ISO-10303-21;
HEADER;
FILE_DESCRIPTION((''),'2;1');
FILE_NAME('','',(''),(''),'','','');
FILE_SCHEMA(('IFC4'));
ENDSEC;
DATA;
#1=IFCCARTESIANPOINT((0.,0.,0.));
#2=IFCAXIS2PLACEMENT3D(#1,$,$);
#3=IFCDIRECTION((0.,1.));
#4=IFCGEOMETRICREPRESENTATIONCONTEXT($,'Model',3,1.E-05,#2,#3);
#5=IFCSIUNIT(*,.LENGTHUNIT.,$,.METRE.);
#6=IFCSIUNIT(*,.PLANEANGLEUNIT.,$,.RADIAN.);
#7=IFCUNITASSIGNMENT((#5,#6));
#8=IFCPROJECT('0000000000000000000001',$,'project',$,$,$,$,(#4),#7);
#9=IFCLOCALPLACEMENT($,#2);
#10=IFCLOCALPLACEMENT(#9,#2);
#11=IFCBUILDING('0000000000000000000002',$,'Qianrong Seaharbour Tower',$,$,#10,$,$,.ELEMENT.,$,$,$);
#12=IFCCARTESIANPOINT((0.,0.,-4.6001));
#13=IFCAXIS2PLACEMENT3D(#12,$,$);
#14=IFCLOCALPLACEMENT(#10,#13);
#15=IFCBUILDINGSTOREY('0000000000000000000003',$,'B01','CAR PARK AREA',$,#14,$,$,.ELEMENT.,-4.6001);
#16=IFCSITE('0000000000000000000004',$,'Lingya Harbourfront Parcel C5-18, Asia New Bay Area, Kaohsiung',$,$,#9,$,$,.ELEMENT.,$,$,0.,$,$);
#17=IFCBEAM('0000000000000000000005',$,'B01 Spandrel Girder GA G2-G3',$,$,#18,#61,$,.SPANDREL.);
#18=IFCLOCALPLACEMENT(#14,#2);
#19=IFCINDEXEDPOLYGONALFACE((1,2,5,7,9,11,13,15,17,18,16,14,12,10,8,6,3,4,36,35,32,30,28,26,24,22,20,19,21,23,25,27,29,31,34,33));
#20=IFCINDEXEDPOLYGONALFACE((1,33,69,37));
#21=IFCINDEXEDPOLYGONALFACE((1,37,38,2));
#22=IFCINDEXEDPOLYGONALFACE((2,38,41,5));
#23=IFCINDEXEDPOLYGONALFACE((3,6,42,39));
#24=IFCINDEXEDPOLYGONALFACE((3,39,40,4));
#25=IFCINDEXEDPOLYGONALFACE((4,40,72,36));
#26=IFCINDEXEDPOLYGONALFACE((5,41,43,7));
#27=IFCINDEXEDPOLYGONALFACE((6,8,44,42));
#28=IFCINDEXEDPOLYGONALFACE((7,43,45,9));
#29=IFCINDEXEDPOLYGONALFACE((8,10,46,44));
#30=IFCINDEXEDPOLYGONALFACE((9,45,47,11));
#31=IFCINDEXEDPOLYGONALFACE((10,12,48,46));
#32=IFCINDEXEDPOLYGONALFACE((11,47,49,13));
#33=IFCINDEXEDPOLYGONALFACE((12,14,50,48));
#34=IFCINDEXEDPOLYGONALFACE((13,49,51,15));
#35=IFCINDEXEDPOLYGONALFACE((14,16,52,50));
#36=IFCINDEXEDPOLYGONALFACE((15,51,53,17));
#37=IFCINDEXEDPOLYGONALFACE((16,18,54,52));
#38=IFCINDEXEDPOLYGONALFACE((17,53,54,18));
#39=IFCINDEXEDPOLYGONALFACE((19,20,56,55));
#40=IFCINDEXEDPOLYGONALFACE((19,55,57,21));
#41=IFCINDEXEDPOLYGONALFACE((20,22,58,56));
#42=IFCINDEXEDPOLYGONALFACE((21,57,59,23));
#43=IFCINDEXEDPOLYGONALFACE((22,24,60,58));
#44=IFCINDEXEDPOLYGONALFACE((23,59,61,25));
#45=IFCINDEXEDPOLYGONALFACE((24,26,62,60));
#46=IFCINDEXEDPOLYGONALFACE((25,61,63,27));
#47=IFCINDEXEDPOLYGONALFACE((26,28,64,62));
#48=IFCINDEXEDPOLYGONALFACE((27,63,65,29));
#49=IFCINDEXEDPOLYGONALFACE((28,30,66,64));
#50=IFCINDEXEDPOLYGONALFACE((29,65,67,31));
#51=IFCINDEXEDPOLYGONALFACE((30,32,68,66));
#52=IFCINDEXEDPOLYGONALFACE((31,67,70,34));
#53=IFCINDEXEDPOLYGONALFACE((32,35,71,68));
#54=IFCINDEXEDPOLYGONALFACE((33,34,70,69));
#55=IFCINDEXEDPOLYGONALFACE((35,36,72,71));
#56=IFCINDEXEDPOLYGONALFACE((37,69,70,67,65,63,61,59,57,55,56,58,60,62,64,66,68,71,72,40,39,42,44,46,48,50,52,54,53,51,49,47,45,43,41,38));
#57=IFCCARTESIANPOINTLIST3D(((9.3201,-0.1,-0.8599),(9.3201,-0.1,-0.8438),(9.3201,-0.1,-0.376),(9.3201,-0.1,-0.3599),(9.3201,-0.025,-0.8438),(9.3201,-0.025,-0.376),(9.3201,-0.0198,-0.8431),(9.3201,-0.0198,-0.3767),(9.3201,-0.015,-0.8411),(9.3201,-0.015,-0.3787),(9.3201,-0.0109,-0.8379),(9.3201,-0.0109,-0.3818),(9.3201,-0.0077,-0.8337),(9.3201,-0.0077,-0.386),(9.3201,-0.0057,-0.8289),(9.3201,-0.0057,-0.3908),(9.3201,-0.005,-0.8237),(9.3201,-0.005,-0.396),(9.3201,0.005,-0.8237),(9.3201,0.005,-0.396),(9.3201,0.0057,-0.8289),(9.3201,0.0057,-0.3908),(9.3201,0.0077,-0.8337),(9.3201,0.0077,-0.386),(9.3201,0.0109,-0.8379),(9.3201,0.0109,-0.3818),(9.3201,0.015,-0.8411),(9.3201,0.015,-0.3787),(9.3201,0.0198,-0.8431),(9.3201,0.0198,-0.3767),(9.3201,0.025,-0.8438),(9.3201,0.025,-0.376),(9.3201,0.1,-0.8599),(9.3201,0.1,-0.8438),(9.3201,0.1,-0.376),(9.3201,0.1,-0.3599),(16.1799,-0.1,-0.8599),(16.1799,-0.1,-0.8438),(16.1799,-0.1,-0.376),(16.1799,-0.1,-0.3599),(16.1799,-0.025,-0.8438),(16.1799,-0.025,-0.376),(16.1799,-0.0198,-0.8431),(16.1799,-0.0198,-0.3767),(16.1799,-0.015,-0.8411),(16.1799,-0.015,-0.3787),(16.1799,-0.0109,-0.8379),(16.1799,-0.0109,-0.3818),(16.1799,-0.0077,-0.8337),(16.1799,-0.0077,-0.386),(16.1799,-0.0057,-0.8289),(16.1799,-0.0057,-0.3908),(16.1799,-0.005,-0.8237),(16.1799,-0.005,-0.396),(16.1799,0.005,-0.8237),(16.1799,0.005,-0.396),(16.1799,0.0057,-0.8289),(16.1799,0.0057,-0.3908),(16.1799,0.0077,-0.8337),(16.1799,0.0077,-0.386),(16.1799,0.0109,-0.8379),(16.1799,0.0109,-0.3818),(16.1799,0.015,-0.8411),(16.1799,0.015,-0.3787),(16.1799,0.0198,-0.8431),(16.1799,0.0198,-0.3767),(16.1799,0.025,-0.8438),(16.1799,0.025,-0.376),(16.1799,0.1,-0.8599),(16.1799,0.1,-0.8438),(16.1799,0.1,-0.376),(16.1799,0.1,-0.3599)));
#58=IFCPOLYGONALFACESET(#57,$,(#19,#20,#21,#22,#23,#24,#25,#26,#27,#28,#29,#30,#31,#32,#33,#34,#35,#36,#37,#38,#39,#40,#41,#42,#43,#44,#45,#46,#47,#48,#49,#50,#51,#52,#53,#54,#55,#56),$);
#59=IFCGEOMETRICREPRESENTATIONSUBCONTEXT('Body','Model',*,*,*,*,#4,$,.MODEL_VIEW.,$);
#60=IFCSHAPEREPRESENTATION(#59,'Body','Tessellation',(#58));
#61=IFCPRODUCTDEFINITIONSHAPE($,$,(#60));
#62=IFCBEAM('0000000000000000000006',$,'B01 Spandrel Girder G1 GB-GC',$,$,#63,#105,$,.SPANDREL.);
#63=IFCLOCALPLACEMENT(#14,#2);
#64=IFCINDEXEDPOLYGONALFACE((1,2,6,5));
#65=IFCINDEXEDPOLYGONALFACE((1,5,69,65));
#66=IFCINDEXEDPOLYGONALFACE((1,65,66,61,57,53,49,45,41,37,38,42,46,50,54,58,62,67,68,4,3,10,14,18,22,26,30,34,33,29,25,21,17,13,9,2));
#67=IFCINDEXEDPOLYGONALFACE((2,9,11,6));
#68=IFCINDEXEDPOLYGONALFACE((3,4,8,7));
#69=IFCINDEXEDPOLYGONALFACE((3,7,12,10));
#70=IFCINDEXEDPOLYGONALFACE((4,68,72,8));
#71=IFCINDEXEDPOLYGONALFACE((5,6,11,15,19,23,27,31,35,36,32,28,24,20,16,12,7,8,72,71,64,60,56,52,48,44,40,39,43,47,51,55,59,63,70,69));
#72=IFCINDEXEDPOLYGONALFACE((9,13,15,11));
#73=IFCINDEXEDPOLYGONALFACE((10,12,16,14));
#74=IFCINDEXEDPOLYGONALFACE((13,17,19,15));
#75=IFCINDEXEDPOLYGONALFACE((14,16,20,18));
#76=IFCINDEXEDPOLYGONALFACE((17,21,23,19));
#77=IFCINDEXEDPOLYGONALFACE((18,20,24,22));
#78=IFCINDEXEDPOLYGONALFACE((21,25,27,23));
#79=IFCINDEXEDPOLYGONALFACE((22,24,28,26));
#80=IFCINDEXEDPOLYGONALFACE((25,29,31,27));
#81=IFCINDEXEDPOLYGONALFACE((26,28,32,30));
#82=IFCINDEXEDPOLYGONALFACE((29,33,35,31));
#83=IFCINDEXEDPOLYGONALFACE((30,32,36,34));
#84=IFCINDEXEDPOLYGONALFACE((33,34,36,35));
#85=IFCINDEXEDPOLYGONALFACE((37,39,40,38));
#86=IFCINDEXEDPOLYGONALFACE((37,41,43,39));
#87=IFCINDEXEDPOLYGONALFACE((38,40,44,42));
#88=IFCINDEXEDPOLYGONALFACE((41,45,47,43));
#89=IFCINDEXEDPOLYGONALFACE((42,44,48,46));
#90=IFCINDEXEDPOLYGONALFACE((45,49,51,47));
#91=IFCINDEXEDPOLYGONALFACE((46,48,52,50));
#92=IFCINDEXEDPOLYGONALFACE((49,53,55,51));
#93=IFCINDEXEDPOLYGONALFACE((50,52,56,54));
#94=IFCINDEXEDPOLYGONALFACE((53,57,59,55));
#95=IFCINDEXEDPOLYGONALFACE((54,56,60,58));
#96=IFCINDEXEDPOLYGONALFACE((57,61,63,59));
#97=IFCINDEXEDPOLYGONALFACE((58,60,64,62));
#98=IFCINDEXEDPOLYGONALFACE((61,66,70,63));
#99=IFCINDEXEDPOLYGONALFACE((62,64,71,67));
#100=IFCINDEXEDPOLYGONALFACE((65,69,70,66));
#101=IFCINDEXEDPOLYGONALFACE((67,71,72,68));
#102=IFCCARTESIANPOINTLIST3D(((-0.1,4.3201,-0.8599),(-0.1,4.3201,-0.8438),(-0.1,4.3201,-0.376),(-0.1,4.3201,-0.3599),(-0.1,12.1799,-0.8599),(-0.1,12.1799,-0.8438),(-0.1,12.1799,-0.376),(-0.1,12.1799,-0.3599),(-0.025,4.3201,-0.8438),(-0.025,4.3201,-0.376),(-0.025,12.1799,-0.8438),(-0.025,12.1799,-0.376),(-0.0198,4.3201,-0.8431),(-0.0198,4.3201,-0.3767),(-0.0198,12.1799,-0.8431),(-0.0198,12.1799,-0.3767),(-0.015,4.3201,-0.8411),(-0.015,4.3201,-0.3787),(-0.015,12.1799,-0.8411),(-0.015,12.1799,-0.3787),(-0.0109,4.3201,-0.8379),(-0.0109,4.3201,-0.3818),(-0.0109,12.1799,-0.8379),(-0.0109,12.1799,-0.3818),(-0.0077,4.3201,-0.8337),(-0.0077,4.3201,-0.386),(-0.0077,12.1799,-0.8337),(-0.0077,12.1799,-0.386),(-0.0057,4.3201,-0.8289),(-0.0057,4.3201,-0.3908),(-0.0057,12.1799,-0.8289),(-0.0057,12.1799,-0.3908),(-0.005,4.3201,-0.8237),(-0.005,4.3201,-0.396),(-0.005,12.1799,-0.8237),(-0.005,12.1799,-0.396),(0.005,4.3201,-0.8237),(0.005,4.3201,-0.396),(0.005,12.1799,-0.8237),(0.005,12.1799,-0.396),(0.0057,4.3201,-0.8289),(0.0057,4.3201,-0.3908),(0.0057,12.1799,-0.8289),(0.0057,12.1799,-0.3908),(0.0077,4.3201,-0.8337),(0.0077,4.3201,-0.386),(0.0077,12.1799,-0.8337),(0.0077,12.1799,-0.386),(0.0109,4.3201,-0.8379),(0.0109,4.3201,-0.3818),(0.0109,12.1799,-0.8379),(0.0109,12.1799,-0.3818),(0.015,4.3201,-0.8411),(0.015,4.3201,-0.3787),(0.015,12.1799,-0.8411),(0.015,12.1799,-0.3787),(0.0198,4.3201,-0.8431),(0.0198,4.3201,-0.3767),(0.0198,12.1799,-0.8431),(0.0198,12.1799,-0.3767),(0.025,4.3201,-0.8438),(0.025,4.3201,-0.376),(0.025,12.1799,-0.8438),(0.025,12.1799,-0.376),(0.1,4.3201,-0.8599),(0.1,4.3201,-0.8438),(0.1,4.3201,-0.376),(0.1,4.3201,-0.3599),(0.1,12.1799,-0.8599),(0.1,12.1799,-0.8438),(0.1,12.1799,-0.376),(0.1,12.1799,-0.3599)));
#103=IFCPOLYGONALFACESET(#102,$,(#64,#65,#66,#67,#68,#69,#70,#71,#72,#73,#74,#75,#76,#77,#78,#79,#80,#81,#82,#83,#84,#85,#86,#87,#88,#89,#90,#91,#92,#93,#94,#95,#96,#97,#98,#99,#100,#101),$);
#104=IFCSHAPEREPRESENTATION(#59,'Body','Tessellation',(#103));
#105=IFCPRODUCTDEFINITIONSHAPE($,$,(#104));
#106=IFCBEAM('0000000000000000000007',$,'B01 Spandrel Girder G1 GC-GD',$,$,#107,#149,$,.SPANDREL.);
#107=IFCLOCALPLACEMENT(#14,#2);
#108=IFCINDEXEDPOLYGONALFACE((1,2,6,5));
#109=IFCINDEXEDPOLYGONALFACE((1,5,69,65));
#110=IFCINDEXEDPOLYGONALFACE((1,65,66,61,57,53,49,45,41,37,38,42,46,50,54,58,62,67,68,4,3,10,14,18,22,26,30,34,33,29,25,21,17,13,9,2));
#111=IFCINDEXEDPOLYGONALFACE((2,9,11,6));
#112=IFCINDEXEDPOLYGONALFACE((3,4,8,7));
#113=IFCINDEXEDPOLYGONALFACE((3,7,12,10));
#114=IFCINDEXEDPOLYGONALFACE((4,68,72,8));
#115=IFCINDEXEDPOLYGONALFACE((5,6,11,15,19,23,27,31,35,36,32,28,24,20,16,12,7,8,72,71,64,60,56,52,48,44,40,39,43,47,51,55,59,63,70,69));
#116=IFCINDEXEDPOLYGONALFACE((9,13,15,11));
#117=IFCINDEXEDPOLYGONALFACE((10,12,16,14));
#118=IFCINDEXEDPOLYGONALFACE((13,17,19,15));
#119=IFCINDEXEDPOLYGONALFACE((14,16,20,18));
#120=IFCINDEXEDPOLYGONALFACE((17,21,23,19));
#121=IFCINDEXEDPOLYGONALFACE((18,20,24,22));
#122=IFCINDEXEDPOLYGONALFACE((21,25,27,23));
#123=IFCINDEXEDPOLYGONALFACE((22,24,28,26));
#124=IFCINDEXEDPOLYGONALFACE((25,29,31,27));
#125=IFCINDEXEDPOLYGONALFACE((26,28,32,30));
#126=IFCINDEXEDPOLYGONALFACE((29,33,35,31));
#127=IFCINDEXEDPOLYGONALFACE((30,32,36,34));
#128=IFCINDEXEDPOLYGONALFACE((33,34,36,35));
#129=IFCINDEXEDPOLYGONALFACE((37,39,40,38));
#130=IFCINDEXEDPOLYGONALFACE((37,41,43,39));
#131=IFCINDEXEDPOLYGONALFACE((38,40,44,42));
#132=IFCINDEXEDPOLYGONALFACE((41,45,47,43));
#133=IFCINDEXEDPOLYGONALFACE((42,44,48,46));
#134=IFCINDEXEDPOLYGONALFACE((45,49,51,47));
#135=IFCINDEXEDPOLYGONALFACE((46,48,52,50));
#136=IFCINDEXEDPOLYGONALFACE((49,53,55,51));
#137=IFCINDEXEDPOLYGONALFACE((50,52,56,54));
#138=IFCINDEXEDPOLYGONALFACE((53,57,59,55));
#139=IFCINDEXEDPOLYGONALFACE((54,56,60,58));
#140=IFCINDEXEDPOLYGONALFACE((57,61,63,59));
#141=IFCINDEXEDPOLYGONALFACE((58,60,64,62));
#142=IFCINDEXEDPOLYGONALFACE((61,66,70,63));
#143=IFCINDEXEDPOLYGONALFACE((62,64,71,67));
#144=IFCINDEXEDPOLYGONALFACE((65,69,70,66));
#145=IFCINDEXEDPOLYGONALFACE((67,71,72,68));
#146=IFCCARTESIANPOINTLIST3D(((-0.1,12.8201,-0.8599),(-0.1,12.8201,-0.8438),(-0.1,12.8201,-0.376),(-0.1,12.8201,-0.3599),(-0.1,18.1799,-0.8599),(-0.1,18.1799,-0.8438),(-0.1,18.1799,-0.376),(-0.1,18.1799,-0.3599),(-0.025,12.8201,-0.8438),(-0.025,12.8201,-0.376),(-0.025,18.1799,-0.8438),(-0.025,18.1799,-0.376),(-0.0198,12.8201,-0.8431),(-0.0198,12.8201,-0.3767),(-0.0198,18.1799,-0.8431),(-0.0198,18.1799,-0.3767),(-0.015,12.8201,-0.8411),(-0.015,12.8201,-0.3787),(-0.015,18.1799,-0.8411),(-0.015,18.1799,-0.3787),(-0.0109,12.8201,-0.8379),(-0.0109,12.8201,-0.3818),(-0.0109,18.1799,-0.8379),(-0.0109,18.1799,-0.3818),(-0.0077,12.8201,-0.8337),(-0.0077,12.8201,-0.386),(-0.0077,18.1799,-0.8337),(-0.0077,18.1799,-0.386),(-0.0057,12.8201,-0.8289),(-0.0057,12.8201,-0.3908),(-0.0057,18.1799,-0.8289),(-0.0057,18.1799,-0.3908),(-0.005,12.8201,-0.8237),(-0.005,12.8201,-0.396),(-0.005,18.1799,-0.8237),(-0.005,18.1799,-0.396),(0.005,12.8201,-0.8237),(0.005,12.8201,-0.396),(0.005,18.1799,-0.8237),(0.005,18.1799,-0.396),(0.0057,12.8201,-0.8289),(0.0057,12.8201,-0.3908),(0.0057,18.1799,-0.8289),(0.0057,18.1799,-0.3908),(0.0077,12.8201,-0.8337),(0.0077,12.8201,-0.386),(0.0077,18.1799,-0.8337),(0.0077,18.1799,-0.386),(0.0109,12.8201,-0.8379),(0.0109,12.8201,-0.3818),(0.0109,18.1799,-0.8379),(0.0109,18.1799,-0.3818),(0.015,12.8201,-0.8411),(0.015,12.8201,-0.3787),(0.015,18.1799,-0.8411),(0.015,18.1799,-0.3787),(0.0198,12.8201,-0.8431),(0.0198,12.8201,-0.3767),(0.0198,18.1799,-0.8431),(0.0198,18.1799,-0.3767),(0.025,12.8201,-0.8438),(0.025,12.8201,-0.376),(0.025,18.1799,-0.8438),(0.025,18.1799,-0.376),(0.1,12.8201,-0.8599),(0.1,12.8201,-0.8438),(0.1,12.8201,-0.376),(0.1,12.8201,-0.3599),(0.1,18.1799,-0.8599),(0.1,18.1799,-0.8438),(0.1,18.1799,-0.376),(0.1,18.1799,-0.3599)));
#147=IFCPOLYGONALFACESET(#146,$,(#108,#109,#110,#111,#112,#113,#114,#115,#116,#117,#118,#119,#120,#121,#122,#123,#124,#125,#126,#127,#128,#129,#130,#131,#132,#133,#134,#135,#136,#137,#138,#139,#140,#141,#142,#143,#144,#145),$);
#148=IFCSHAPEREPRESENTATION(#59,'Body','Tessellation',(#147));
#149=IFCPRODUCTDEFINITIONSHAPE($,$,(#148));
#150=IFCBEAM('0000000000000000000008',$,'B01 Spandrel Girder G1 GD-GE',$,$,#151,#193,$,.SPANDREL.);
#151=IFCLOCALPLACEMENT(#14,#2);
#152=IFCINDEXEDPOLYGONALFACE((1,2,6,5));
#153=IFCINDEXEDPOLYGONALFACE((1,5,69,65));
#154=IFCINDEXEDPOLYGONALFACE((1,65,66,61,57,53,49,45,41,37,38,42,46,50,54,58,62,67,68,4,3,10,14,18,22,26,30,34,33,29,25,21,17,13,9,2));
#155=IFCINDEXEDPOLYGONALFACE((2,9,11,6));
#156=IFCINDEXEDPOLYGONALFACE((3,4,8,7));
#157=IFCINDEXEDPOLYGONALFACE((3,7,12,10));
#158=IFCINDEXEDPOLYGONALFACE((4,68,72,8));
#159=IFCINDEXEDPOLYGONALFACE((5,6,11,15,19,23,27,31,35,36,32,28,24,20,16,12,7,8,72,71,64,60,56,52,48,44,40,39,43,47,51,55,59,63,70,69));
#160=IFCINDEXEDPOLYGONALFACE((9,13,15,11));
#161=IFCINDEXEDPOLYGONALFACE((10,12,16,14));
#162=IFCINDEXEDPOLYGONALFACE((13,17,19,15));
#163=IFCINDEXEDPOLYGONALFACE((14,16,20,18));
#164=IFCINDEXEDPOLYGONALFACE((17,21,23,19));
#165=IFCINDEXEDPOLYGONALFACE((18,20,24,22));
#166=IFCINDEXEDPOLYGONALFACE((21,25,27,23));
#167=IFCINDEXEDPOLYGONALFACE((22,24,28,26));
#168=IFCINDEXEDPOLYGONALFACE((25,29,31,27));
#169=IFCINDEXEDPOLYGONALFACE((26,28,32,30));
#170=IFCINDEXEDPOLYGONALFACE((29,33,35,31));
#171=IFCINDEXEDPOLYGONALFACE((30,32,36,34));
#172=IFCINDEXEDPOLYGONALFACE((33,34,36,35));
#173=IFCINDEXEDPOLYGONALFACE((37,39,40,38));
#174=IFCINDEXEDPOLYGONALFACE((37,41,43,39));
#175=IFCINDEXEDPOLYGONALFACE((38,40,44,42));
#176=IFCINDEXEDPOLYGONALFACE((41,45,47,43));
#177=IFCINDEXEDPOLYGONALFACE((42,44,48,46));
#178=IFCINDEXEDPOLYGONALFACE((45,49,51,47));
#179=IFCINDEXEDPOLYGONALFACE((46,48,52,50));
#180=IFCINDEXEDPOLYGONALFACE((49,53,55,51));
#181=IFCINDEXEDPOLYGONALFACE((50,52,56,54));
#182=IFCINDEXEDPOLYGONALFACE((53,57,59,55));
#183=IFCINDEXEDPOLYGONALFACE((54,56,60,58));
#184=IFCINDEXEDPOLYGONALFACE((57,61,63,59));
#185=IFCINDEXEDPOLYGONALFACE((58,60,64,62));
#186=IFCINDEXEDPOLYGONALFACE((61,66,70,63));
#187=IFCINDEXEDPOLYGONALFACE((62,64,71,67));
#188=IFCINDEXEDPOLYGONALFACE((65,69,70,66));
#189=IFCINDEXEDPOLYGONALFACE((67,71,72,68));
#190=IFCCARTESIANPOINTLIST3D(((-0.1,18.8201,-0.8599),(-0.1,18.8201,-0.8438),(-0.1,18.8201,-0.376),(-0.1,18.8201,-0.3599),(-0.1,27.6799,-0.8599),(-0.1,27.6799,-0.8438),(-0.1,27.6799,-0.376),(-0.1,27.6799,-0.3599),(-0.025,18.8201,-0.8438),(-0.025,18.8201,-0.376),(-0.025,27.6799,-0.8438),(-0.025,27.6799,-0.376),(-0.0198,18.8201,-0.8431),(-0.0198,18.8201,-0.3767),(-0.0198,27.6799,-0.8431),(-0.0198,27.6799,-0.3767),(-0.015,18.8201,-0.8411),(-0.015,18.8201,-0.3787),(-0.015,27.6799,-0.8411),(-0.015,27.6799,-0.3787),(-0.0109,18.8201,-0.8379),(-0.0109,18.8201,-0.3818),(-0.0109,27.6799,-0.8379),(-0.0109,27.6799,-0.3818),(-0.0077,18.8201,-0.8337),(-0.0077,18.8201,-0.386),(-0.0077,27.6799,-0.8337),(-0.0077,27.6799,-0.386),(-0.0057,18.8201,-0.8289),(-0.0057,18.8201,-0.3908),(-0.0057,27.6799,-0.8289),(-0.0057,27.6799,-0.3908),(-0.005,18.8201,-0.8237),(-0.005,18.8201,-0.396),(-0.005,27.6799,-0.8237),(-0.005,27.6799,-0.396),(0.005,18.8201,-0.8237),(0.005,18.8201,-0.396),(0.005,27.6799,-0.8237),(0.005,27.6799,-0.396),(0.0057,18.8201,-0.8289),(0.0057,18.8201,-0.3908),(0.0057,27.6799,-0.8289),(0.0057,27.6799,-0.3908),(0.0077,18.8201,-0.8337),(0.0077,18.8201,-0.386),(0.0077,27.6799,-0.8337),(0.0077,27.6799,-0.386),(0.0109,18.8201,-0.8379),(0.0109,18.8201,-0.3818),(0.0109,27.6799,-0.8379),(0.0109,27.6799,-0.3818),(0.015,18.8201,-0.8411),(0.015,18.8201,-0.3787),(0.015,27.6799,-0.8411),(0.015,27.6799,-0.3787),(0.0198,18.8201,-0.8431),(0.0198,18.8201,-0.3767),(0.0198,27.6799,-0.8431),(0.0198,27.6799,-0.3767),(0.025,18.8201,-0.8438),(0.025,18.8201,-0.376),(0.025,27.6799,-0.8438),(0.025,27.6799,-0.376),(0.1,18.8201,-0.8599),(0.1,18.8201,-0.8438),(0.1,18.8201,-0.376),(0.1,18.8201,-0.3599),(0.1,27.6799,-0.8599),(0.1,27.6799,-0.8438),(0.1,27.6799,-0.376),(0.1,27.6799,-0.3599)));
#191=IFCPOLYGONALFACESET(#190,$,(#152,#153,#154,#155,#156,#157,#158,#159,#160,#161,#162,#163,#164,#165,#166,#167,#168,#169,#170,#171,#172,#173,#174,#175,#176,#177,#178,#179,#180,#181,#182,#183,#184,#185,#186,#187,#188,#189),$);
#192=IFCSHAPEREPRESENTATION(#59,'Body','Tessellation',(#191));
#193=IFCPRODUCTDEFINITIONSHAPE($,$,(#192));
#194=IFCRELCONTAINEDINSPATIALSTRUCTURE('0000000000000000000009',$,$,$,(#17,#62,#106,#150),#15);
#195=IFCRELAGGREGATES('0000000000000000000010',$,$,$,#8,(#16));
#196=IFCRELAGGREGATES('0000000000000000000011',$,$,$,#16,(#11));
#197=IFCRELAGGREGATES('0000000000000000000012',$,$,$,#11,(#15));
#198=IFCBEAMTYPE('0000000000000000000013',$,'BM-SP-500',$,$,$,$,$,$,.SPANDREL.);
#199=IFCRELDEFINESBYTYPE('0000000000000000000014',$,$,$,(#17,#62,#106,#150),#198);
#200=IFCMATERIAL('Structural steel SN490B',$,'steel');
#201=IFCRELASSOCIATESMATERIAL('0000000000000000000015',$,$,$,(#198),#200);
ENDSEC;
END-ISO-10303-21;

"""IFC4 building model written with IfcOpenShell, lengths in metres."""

from ifc_helpers import new_model, si_unit, direction, frame, origin, origin_2d, place, context, subcontext, project, spatial, i_section, extrude, material, material_profile, profile_set, type_object, element, save


model = new_model("IFC4")

# Units and contexts
model_context = context("Model", 3, precision=1e-05, world=origin(), true_north=direction((0.0, 1.0)))
body_context = subcontext(model_context, "Body", "Model", "MODEL_VIEW")
ifc_project = project(units=[si_unit("LENGTHUNIT", "METRE"), si_unit("PLANEANGLEUNIT", "RADIAN")], contexts=[model_context])

# Site, building, storey
site_placement = place(None, origin())
site = spatial("IfcSite", under=ifc_project, at=site_placement, Name="Lingya Harbourfront Parcel C5-18, Asia New Bay Area, Kaohsiung", CompositionType="ELEMENT", RefElevation=0.0)
building_placement = place(site_placement, origin())
building = spatial("IfcBuilding", under=site, at=building_placement, Name="Qianrong Seaharbour Tower", CompositionType="ELEMENT")
storey_placement = place(building_placement, frame((0.0, 0.0, -4.6001)))
storey = spatial("IfcBuildingStorey", under=building, at=storey_placement, Name="B01", Description="CAR PARK AREA", CompositionType="ELEMENT", Elevation=-4.6001)

# Shared definitions
ifc_material_1 = material(Name="Structural steel SN490B", Category="steel")

# Beams
ifc_material_profile_1 = material_profile(ifc_material_1, i_section(OverallWidth=0.2, OverallDepth=0.5, WebThickness=0.01, FlangeThickness=0.0161, FilletRadius=0.02, at=origin_2d()), Name="H500x200x10x16")
ifc_profile_set_1 = profile_set([ifc_material_profile_1], Name="Structural steel SN490B")
beam_type_1 = type_object("IfcBeamType", Name="BM-SP-500", PredefinedType="SPANDREL", material=ifc_profile_set_1)
beam_1_placement = place(storey_placement, frame((9.3201, 0.0, -0.6099), z_axis=(1.0, 0.0, 0.0), x_axis=(0.0, 1.0, 0.0)))
element("IfcBeam", 1, at=beam_1_placement, inside=storey, type_object=beam_type_1, Name="B01 Spandrel Girder GA G2-G3", PredefinedType="SPANDREL", context=body_context, shape_type="SweptSolid", body=[
    extrude(i_section(OverallWidth=0.2, OverallDepth=0.5, WebThickness=0.01, FlangeThickness=0.0161, FilletRadius=0.02, at=origin_2d()), origin(), (0.0, 0.0, 1.0), 6.8599),
])
beam_2_placement = place(storey_placement, frame((0.0, 4.3201, -0.6099), z_axis=(0.0, 1.0, 0.0), x_axis=(-1.0, 0.0, 0.0)))
element("IfcBeam", 2, at=beam_2_placement, inside=storey, type_object=beam_type_1, Name="B01 Spandrel Girder G1 GB-GC", PredefinedType="SPANDREL", context=body_context, shape_type="SweptSolid", body=[
    extrude(i_section(OverallWidth=0.2, OverallDepth=0.5, WebThickness=0.01, FlangeThickness=0.0161, FilletRadius=0.02, at=origin_2d()), origin(), (0.0, 0.0, 1.0), 7.8599),
])
beam_3_placement = place(storey_placement, frame((0.0, 12.8201, -0.6099), z_axis=(0.0, 1.0, 0.0), x_axis=(-1.0, 0.0, 0.0)))
element("IfcBeam", 3, at=beam_3_placement, inside=storey, type_object=beam_type_1, Name="B01 Spandrel Girder G1 GC-GD", PredefinedType="SPANDREL", context=body_context, shape_type="SweptSolid", body=[
    extrude(i_section(OverallWidth=0.2, OverallDepth=0.5, WebThickness=0.01, FlangeThickness=0.0161, FilletRadius=0.02, at=origin_2d()), origin(), (0.0, 0.0, 1.0), 5.3599),
])
beam_4_placement = place(storey_placement, frame((0.0, 18.8201, -0.6099), z_axis=(0.0, 1.0, 0.0), x_axis=(-1.0, 0.0, 0.0)))
element("IfcBeam", 4, at=beam_4_placement, inside=storey, type_object=beam_type_1, Name="B01 Spandrel Girder G1 GD-GE", PredefinedType="SPANDREL", context=body_context, shape_type="SweptSolid", body=[
    extrude(i_section(OverallWidth=0.2, OverallDepth=0.5, WebThickness=0.01, FlangeThickness=0.0161, FilletRadius=0.02, at=origin_2d()), origin(), (0.0, 0.0, 1.0), 8.8599),
])

save(model, "model.ifc")
